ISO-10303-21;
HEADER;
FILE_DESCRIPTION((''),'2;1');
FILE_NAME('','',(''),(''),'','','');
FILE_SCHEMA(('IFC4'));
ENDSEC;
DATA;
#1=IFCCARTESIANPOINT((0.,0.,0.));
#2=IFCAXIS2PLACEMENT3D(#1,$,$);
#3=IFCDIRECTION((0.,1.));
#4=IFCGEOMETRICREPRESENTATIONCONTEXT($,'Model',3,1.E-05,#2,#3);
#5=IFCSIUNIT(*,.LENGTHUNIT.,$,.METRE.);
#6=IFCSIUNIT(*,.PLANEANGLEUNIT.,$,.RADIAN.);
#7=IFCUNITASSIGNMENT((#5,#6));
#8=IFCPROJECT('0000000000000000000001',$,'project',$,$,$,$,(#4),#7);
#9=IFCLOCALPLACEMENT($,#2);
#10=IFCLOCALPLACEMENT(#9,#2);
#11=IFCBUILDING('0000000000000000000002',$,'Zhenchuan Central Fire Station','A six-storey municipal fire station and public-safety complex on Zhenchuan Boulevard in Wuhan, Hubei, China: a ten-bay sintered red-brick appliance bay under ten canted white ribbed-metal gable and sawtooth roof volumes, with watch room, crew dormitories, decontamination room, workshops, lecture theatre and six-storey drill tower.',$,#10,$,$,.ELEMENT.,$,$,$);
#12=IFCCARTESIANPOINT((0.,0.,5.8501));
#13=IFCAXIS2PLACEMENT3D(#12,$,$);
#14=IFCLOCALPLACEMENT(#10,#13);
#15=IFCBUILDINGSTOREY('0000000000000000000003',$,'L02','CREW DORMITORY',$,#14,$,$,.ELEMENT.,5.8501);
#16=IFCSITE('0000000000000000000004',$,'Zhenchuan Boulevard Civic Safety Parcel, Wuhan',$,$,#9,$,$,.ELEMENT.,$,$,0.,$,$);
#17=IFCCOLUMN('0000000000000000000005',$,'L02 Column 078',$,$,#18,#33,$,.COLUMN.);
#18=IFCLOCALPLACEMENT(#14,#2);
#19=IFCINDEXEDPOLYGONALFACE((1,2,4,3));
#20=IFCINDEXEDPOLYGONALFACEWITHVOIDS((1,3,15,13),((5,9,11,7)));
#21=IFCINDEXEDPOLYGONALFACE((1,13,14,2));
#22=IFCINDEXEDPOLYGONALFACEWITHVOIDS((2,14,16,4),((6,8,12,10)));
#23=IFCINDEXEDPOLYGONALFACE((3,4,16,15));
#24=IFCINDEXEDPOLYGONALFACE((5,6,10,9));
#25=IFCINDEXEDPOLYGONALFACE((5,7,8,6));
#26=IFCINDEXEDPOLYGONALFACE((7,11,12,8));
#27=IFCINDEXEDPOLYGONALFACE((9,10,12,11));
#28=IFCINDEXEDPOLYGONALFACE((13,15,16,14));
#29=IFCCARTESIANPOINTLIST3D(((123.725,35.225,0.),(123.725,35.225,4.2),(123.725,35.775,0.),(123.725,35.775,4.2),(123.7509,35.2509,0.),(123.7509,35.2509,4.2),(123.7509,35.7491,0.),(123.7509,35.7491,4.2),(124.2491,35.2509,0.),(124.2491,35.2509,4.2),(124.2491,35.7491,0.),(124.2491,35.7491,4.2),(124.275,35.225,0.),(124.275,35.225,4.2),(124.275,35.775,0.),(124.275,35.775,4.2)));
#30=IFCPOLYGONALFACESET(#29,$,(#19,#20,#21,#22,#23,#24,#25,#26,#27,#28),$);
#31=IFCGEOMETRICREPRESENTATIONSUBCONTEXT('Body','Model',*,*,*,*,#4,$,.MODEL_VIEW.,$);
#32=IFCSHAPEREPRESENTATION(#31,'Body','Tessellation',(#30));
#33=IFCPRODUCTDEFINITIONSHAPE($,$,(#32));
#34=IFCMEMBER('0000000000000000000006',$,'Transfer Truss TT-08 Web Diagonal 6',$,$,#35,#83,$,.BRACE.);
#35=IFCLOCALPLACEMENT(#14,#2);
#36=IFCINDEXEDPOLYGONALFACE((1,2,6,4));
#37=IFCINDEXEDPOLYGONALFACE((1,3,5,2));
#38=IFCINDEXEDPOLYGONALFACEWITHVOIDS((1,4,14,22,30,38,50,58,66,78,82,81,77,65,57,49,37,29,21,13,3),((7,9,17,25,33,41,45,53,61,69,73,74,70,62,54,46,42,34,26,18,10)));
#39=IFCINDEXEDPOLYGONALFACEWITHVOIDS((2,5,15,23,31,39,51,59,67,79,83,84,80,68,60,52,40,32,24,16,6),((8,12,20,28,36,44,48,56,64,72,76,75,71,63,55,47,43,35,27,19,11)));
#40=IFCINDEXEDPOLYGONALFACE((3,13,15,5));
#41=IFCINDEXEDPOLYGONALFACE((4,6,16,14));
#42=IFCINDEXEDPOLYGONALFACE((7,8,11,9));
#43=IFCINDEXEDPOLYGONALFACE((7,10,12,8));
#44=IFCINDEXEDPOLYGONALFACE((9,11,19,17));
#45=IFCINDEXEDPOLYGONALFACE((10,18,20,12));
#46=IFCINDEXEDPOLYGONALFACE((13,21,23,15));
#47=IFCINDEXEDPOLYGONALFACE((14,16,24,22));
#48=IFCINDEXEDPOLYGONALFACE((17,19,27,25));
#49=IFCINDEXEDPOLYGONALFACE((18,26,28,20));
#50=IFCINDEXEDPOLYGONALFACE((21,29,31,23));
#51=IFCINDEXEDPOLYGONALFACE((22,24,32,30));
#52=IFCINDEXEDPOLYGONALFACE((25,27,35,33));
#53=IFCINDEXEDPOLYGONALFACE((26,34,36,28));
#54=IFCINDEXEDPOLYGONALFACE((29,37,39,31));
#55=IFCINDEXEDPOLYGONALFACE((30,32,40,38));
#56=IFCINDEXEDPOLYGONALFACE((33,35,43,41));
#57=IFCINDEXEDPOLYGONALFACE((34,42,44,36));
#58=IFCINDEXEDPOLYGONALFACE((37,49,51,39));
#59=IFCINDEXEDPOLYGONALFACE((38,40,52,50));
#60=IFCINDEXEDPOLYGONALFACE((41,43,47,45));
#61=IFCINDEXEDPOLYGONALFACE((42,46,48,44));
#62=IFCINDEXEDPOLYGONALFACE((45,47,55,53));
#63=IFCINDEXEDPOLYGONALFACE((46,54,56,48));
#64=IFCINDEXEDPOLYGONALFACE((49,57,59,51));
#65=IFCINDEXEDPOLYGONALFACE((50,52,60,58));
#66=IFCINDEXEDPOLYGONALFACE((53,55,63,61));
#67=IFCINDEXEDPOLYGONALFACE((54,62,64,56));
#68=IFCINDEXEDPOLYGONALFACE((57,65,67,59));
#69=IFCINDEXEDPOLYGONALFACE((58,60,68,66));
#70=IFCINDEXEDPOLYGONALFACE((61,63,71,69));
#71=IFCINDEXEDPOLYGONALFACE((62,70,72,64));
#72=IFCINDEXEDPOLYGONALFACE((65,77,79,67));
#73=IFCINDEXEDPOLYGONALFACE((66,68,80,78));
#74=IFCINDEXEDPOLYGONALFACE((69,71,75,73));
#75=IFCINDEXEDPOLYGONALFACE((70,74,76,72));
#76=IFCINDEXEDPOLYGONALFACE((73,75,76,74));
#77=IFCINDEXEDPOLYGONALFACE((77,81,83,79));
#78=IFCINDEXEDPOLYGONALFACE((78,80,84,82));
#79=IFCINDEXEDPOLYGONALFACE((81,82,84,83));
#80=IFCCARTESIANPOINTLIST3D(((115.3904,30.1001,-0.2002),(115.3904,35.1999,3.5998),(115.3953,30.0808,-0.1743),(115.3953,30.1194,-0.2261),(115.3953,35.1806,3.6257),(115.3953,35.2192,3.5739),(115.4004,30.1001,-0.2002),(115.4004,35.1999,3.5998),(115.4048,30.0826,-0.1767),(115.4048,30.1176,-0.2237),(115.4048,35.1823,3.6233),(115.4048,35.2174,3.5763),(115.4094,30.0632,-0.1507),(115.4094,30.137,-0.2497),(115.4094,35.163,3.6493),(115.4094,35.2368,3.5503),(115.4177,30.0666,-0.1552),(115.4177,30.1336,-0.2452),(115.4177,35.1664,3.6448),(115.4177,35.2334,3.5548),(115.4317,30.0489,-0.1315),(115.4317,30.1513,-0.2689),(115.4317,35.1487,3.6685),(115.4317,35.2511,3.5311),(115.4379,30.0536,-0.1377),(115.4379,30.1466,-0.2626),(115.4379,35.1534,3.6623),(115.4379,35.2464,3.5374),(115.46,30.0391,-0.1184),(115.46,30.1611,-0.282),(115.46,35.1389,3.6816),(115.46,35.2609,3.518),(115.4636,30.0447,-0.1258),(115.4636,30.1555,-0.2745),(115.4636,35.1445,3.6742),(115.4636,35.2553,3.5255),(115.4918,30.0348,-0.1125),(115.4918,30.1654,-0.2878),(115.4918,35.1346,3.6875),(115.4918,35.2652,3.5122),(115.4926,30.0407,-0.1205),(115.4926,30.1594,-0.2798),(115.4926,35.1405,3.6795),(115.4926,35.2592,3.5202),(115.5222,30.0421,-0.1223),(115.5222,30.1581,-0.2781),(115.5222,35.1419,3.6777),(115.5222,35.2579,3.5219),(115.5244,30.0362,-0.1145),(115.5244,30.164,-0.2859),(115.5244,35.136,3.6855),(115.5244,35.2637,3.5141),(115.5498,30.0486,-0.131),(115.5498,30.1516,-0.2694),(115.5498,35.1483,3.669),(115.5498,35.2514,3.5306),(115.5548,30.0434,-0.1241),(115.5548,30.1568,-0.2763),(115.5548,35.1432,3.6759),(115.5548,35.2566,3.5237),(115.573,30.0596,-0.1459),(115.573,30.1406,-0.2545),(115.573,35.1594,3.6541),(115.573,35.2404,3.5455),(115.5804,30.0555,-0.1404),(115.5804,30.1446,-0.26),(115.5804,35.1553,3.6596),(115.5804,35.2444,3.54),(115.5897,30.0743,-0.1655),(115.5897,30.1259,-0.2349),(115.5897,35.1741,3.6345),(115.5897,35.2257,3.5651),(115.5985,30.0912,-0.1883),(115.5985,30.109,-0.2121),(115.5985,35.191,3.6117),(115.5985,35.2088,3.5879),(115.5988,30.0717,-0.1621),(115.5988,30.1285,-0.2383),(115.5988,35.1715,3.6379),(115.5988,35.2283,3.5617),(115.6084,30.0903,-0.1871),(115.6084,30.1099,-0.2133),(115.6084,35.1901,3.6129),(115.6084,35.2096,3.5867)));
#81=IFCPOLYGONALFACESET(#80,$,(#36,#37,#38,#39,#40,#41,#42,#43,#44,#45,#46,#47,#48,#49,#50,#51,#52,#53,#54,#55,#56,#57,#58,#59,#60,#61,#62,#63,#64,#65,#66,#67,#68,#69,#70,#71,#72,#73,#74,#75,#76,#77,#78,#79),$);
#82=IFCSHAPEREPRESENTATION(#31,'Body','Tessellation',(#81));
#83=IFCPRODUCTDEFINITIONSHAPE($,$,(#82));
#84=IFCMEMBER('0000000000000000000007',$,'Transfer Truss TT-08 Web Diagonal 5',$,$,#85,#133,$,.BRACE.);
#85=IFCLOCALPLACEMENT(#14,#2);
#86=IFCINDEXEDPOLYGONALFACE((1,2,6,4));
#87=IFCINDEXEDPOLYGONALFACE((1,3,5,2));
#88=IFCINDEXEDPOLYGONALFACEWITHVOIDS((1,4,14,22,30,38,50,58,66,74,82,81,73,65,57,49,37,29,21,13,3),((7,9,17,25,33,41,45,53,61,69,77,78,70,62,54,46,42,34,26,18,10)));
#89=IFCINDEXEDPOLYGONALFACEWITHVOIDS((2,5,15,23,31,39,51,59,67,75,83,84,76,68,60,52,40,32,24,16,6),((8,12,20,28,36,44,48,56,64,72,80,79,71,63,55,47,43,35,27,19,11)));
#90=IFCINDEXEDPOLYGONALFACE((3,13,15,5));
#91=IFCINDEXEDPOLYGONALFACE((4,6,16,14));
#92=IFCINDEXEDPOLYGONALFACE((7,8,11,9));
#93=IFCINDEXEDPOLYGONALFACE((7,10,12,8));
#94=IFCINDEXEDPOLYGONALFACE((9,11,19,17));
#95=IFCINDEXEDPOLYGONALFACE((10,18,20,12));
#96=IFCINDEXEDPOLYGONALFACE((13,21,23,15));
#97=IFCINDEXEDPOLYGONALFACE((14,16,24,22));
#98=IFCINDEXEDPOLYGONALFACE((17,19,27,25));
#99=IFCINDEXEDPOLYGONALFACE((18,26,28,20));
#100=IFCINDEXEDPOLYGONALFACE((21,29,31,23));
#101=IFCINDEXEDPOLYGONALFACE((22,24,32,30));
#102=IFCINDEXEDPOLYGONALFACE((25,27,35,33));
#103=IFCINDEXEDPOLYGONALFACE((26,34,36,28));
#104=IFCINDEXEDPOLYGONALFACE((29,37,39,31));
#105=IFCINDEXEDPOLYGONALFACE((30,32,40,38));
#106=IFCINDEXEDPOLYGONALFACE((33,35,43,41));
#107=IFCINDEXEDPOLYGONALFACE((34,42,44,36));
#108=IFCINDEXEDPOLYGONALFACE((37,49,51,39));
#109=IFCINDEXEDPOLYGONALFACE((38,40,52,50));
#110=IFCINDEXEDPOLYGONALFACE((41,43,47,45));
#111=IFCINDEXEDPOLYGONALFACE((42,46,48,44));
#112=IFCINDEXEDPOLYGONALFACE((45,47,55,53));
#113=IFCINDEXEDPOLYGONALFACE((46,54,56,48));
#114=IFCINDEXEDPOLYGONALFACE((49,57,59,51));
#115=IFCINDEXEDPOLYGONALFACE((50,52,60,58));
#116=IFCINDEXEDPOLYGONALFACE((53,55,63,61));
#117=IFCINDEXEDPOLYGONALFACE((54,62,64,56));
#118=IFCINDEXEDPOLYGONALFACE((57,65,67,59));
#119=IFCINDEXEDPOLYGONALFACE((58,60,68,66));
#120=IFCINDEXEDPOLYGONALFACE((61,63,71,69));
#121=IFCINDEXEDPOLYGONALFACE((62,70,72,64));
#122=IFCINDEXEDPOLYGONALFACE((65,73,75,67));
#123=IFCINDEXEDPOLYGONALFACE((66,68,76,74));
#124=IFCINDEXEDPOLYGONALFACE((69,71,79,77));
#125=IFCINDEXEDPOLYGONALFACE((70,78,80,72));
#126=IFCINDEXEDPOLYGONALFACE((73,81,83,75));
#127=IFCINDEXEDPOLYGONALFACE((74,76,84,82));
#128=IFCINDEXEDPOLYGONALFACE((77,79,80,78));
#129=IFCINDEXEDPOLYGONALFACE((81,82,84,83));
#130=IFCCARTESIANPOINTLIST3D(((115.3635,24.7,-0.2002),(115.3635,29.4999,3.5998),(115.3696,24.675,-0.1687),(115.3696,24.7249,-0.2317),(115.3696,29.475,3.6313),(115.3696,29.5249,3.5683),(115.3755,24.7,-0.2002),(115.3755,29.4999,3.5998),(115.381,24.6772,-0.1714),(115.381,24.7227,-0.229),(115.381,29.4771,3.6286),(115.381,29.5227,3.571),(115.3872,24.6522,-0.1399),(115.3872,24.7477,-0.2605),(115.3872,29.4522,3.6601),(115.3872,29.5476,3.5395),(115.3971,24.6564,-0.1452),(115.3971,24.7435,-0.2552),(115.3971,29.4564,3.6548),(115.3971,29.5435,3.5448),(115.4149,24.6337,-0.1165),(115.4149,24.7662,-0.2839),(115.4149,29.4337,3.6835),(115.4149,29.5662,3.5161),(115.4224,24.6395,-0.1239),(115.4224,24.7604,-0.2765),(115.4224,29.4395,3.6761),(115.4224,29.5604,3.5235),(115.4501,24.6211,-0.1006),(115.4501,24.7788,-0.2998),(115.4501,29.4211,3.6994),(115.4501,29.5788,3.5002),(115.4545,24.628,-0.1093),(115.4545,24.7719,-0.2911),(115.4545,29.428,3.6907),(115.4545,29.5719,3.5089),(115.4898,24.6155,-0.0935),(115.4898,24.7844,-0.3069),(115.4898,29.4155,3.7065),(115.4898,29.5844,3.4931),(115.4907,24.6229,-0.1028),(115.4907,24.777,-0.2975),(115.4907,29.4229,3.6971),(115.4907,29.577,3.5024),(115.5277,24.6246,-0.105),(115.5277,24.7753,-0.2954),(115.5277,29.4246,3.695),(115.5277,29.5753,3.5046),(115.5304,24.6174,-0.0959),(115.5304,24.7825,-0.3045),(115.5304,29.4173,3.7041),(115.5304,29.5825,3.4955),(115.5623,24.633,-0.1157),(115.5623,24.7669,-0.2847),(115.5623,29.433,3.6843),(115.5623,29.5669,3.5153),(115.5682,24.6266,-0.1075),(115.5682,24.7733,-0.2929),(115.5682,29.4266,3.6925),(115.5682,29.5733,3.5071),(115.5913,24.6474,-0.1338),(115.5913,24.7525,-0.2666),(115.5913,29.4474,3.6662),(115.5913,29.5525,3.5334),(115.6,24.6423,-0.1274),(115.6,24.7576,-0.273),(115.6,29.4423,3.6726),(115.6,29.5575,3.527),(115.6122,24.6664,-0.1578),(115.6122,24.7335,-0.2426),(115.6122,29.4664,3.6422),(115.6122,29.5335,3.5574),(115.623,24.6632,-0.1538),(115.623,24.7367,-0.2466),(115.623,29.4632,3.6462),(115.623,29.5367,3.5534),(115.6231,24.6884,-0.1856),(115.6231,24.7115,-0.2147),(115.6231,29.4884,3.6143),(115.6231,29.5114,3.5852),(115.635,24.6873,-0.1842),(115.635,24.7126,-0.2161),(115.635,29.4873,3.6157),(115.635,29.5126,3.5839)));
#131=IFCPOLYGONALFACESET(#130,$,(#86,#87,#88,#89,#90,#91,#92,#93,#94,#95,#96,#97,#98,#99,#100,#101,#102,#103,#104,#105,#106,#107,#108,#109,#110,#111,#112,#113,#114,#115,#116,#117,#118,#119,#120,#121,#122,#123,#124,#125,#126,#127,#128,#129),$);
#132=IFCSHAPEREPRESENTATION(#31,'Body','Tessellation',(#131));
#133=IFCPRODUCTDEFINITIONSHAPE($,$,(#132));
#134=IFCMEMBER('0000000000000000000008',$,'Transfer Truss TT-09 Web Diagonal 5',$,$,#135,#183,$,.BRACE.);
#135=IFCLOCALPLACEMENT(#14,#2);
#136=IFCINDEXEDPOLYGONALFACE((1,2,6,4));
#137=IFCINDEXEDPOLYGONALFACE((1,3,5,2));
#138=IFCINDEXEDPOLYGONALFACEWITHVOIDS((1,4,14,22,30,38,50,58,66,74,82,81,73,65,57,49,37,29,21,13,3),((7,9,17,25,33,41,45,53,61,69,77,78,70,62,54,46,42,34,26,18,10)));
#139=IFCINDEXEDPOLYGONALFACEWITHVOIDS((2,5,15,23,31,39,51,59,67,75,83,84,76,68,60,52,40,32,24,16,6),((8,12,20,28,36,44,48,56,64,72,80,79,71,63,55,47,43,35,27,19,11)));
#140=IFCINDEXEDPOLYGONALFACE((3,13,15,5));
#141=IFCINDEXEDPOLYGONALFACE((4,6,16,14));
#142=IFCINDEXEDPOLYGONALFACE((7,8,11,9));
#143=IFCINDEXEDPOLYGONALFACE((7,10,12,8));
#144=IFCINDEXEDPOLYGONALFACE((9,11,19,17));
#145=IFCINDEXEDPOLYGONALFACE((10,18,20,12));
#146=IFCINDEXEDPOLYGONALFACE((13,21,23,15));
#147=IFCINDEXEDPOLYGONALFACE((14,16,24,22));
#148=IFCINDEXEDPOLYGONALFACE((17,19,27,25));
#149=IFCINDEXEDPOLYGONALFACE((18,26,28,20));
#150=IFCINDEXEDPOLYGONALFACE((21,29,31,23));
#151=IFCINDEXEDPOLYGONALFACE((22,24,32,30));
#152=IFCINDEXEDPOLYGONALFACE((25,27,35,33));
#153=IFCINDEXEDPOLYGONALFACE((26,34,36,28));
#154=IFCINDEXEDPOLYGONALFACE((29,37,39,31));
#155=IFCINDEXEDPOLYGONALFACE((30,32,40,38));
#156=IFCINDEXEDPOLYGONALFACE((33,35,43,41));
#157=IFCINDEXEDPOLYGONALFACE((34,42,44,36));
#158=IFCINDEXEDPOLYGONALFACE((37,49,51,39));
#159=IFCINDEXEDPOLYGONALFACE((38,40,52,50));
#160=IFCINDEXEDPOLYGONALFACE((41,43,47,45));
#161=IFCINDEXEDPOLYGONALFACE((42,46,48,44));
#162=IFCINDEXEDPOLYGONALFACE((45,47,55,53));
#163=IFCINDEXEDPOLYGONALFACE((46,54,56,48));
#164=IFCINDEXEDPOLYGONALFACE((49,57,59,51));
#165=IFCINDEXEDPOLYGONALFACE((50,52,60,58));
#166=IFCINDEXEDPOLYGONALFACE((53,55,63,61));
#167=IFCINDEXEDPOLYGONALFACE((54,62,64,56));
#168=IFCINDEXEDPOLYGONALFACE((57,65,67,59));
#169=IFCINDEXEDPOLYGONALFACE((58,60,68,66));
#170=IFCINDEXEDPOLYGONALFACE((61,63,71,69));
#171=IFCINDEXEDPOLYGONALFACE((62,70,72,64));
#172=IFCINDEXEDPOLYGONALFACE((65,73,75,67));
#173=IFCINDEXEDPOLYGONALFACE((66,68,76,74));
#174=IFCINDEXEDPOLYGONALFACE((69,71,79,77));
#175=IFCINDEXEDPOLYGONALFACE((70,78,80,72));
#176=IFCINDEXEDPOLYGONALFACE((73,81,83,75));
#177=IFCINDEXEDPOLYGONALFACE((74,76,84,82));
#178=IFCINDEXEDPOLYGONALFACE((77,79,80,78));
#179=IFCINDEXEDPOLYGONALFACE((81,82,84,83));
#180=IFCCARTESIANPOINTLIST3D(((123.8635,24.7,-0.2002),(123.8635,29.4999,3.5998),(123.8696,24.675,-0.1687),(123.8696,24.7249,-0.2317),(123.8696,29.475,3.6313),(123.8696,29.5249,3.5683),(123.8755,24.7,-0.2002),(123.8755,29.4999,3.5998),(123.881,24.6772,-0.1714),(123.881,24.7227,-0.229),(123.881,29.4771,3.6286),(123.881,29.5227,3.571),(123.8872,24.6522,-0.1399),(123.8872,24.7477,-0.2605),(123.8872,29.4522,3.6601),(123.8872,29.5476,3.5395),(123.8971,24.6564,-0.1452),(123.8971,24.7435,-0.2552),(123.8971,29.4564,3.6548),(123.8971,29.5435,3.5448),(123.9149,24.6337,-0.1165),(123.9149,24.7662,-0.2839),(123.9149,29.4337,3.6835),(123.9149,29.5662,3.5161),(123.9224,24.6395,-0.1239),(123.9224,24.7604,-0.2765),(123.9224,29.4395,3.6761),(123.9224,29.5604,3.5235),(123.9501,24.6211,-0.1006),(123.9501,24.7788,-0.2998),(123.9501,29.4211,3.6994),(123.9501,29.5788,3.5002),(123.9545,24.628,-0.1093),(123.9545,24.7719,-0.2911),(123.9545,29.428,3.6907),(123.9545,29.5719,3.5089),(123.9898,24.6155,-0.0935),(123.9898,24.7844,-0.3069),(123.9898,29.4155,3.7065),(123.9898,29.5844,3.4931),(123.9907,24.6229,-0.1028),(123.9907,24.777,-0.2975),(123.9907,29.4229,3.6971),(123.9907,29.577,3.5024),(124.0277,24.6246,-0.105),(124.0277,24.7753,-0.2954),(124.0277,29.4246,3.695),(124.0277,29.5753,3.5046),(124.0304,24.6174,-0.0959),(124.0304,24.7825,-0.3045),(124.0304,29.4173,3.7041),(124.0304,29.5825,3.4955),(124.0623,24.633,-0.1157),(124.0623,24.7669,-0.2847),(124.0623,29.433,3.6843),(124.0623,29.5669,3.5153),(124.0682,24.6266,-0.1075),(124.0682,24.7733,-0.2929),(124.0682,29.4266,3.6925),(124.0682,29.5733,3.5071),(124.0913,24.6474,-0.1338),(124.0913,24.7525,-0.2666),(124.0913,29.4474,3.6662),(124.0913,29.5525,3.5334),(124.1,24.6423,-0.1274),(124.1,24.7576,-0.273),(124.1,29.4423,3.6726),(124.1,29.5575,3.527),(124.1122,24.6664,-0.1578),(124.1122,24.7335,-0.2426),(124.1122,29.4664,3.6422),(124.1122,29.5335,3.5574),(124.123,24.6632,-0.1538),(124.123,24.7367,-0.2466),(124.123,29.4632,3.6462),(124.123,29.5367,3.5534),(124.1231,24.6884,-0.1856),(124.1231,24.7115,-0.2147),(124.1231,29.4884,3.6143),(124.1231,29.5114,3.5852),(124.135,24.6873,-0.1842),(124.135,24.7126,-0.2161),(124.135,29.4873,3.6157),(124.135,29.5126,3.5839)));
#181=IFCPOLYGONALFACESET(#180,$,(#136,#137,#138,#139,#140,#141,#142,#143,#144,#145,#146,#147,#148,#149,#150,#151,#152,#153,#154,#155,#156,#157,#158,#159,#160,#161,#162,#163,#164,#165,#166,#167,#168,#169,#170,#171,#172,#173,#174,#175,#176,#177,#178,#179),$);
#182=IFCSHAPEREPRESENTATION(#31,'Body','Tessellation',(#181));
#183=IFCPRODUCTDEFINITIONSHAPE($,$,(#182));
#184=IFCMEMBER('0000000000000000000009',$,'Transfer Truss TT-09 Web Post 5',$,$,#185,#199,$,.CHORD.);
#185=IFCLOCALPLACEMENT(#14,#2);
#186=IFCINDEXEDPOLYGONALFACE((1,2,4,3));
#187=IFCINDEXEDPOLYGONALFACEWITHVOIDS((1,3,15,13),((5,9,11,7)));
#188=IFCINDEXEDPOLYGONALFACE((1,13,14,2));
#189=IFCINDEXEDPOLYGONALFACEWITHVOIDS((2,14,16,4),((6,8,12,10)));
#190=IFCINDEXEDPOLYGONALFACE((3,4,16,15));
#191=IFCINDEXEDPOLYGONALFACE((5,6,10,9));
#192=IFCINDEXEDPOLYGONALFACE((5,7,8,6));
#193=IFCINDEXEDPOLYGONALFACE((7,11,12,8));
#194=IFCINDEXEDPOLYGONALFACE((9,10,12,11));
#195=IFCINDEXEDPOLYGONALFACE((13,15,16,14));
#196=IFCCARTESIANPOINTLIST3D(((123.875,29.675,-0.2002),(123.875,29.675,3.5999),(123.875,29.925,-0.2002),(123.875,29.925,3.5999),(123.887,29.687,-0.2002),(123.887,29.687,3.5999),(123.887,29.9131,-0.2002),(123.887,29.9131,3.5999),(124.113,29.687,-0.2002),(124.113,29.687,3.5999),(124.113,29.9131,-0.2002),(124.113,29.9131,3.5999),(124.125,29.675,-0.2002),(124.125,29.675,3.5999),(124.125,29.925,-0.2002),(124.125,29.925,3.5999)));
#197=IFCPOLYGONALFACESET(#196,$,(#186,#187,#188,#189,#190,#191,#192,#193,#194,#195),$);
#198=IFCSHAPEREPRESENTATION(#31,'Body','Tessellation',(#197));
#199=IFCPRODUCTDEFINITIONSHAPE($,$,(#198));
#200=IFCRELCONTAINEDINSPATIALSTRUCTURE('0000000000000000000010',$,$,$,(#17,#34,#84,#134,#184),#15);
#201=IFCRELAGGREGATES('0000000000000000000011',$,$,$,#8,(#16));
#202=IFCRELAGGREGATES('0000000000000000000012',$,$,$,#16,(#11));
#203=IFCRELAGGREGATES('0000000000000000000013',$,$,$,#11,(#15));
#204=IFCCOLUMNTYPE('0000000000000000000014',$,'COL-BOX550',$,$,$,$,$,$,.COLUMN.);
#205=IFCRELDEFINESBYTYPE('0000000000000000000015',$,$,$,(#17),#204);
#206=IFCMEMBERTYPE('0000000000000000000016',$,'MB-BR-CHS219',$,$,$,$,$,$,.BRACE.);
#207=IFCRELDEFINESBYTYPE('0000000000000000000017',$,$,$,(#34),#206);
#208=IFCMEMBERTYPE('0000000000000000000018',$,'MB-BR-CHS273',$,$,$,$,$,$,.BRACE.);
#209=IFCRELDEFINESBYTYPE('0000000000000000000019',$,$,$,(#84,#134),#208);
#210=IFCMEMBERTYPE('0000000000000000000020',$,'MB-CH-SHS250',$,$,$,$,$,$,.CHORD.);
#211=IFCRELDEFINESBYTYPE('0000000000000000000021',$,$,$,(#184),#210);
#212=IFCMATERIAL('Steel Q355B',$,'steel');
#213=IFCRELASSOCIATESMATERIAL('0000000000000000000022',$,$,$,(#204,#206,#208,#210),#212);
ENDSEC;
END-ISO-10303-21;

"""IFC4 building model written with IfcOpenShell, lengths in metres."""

from ifc_helpers import new_model, si_unit, direction, frame, origin, origin_2d, place, context, subcontext, project, spatial, hollow_rectangle, hollow_circle, extrude, material, material_profile, profile_set, type_object, element, save


model = new_model("IFC4")

# Units and contexts
model_context = context("Model", 3, precision=1e-05, world=origin(), true_north=direction((0.0, 1.0)))
body_context = subcontext(model_context, "Body", "Model", "MODEL_VIEW")
ifc_project = project(units=[si_unit("LENGTHUNIT", "METRE"), si_unit("PLANEANGLEUNIT", "RADIAN")], contexts=[model_context])

# Site, building, storey
site_placement = place(None, origin())
site = spatial("IfcSite", under=ifc_project, at=site_placement, Name="Zhenchuan Boulevard Civic Safety Parcel, Wuhan", CompositionType="ELEMENT", RefElevation=0.0)
building_placement = place(site_placement, origin())
building = spatial("IfcBuilding", under=site, at=building_placement, Name="Zhenchuan Central Fire Station", Description="A six-storey municipal fire station and public-safety complex on Zhenchuan Boulevard in Wuhan, Hubei, China: a ten-bay sintered red-brick appliance bay under ten canted white ribbed-metal gable and sawtooth roof volumes, with watch room, crew dormitories, decontamination room, workshops, lecture theatre and six-storey drill tower.", CompositionType="ELEMENT")
storey_placement = place(building_placement, frame((0.0, 0.0, 5.8501)))
storey = spatial("IfcBuildingStorey", under=building, at=storey_placement, Name="L02", Description="CREW DORMITORY", CompositionType="ELEMENT", Elevation=5.8501)

# Column
ifc_material_1 = material(Name="Steel Q355B", Category="steel")
ifc_material_profile_1 = material_profile(ifc_material_1, hollow_rectangle(XDim=0.55, YDim=0.55, WallThickness=0.0259, at=origin_2d()), Name="BOX 550x550x26")
ifc_profile_set_1 = profile_set([ifc_material_profile_1], Name="Steel Q355B")
column_type = type_object("IfcColumnType", Name="COL-BOX550", PredefinedType="COLUMN", material=ifc_profile_set_1)
column_placement = place(storey_placement, frame((124.0, 35.5, 0.0), z_axis=(0.0, 0.0, 1.0), x_axis=(1.0, 0.0, 0.0)))
element("IfcColumn", 1, at=column_placement, inside=storey, type_object=column_type, Name="L02 Column 078", PredefinedType="COLUMN", context=body_context, shape_type="SweptSolid", body=[
    extrude(hollow_rectangle(XDim=0.55, YDim=0.55, WallThickness=0.0259, at=origin_2d()), origin(), (0.0, 0.0, 1.0), 4.2),
])

# Members
ifc_material_profile_2 = material_profile(ifc_material_1, hollow_circle(Radius=0.1096, WallThickness=0.01, at=origin_2d()), Name="CHS 219.1x10")
ifc_profile_set_2 = profile_set([ifc_material_profile_2], Name="Steel Q355B")
member_type_1 = type_object("IfcMemberType", Name="MB-BR-CHS219", PredefinedType="BRACE", material=ifc_profile_set_2)
member_1_placement = place(storey_placement, frame((115.5, 30.1001, -0.2002), z_axis=(0.0, 0.801871, 0.597497), x_axis=(-1.0, 0.0, 0.0)))
element("IfcMember", 2, at=member_1_placement, inside=storey, type_object=member_type_1, Name="Transfer Truss TT-08 Web Diagonal 6", PredefinedType="BRACE", context=body_context, shape_type="SweptSolid", body=[
    extrude(hollow_circle(Radius=0.1096, WallThickness=0.01, at=origin_2d()), origin(), (0.0, 0.0, 1.0), 6.3599),
])
ifc_material_profile_3 = material_profile(ifc_material_1, hollow_circle(Radius=0.1365, WallThickness=0.012, at=origin_2d()), Name="CHS 273x12")
ifc_profile_set_3 = profile_set([ifc_material_profile_3], Name="Steel Q355B")
member_type_2 = type_object("IfcMemberType", Name="MB-BR-CHS273", PredefinedType="BRACE", material=ifc_profile_set_3)
for number, where, z_axis, x_axis, name in (
    (3, (115.5, 24.7, -0.2002), (0.0, 0.784045, 0.620704), (-1.0, 0.0, 0.0), "Transfer Truss TT-08 Web Diagonal 5"),
    (4, (124.0, 24.7, -0.2002), (0.0, 0.784045, 0.620704), (-1.0, 0.0, 0.0), "Transfer Truss TT-09 Web Diagonal 5"),
):
    element("IfcMember", number, at=place(storey_placement, frame(where, z_axis=z_axis, x_axis=x_axis)), inside=storey, type_object=member_type_2, Name=name, PredefinedType="BRACE", context=body_context, shape_type="SweptSolid", body=[
        extrude(hollow_circle(Radius=0.1365, WallThickness=0.012, at=origin_2d()), origin(), (0.0, 0.0, 1.0), 6.1221),
    ])
ifc_material_profile_4 = material_profile(ifc_material_1, hollow_rectangle(XDim=0.25, YDim=0.25, WallThickness=0.012, at=origin_2d()), Name="SHS 250x250x12")
ifc_profile_set_4 = profile_set([ifc_material_profile_4], Name="Steel Q355B")
member_type_3 = type_object("IfcMemberType", Name="MB-CH-SHS250", PredefinedType="CHORD", material=ifc_profile_set_4)
member_2_placement = place(storey_placement, frame((124.0, 29.8, -0.2002), z_axis=(0.0, 0.0, 1.0), x_axis=(1.0, 0.0, 0.0)))
element("IfcMember", 5, at=member_2_placement, inside=storey, type_object=member_type_3, Name="Transfer Truss TT-09 Web Post 5", PredefinedType="CHORD", context=body_context, shape_type="SweptSolid", body=[
    extrude(hollow_rectangle(XDim=0.25, YDim=0.25, WallThickness=0.012, at=origin_2d()), origin(), (0.0, 0.0, 1.0), 3.8),
])

save(model, "model.ifc")
